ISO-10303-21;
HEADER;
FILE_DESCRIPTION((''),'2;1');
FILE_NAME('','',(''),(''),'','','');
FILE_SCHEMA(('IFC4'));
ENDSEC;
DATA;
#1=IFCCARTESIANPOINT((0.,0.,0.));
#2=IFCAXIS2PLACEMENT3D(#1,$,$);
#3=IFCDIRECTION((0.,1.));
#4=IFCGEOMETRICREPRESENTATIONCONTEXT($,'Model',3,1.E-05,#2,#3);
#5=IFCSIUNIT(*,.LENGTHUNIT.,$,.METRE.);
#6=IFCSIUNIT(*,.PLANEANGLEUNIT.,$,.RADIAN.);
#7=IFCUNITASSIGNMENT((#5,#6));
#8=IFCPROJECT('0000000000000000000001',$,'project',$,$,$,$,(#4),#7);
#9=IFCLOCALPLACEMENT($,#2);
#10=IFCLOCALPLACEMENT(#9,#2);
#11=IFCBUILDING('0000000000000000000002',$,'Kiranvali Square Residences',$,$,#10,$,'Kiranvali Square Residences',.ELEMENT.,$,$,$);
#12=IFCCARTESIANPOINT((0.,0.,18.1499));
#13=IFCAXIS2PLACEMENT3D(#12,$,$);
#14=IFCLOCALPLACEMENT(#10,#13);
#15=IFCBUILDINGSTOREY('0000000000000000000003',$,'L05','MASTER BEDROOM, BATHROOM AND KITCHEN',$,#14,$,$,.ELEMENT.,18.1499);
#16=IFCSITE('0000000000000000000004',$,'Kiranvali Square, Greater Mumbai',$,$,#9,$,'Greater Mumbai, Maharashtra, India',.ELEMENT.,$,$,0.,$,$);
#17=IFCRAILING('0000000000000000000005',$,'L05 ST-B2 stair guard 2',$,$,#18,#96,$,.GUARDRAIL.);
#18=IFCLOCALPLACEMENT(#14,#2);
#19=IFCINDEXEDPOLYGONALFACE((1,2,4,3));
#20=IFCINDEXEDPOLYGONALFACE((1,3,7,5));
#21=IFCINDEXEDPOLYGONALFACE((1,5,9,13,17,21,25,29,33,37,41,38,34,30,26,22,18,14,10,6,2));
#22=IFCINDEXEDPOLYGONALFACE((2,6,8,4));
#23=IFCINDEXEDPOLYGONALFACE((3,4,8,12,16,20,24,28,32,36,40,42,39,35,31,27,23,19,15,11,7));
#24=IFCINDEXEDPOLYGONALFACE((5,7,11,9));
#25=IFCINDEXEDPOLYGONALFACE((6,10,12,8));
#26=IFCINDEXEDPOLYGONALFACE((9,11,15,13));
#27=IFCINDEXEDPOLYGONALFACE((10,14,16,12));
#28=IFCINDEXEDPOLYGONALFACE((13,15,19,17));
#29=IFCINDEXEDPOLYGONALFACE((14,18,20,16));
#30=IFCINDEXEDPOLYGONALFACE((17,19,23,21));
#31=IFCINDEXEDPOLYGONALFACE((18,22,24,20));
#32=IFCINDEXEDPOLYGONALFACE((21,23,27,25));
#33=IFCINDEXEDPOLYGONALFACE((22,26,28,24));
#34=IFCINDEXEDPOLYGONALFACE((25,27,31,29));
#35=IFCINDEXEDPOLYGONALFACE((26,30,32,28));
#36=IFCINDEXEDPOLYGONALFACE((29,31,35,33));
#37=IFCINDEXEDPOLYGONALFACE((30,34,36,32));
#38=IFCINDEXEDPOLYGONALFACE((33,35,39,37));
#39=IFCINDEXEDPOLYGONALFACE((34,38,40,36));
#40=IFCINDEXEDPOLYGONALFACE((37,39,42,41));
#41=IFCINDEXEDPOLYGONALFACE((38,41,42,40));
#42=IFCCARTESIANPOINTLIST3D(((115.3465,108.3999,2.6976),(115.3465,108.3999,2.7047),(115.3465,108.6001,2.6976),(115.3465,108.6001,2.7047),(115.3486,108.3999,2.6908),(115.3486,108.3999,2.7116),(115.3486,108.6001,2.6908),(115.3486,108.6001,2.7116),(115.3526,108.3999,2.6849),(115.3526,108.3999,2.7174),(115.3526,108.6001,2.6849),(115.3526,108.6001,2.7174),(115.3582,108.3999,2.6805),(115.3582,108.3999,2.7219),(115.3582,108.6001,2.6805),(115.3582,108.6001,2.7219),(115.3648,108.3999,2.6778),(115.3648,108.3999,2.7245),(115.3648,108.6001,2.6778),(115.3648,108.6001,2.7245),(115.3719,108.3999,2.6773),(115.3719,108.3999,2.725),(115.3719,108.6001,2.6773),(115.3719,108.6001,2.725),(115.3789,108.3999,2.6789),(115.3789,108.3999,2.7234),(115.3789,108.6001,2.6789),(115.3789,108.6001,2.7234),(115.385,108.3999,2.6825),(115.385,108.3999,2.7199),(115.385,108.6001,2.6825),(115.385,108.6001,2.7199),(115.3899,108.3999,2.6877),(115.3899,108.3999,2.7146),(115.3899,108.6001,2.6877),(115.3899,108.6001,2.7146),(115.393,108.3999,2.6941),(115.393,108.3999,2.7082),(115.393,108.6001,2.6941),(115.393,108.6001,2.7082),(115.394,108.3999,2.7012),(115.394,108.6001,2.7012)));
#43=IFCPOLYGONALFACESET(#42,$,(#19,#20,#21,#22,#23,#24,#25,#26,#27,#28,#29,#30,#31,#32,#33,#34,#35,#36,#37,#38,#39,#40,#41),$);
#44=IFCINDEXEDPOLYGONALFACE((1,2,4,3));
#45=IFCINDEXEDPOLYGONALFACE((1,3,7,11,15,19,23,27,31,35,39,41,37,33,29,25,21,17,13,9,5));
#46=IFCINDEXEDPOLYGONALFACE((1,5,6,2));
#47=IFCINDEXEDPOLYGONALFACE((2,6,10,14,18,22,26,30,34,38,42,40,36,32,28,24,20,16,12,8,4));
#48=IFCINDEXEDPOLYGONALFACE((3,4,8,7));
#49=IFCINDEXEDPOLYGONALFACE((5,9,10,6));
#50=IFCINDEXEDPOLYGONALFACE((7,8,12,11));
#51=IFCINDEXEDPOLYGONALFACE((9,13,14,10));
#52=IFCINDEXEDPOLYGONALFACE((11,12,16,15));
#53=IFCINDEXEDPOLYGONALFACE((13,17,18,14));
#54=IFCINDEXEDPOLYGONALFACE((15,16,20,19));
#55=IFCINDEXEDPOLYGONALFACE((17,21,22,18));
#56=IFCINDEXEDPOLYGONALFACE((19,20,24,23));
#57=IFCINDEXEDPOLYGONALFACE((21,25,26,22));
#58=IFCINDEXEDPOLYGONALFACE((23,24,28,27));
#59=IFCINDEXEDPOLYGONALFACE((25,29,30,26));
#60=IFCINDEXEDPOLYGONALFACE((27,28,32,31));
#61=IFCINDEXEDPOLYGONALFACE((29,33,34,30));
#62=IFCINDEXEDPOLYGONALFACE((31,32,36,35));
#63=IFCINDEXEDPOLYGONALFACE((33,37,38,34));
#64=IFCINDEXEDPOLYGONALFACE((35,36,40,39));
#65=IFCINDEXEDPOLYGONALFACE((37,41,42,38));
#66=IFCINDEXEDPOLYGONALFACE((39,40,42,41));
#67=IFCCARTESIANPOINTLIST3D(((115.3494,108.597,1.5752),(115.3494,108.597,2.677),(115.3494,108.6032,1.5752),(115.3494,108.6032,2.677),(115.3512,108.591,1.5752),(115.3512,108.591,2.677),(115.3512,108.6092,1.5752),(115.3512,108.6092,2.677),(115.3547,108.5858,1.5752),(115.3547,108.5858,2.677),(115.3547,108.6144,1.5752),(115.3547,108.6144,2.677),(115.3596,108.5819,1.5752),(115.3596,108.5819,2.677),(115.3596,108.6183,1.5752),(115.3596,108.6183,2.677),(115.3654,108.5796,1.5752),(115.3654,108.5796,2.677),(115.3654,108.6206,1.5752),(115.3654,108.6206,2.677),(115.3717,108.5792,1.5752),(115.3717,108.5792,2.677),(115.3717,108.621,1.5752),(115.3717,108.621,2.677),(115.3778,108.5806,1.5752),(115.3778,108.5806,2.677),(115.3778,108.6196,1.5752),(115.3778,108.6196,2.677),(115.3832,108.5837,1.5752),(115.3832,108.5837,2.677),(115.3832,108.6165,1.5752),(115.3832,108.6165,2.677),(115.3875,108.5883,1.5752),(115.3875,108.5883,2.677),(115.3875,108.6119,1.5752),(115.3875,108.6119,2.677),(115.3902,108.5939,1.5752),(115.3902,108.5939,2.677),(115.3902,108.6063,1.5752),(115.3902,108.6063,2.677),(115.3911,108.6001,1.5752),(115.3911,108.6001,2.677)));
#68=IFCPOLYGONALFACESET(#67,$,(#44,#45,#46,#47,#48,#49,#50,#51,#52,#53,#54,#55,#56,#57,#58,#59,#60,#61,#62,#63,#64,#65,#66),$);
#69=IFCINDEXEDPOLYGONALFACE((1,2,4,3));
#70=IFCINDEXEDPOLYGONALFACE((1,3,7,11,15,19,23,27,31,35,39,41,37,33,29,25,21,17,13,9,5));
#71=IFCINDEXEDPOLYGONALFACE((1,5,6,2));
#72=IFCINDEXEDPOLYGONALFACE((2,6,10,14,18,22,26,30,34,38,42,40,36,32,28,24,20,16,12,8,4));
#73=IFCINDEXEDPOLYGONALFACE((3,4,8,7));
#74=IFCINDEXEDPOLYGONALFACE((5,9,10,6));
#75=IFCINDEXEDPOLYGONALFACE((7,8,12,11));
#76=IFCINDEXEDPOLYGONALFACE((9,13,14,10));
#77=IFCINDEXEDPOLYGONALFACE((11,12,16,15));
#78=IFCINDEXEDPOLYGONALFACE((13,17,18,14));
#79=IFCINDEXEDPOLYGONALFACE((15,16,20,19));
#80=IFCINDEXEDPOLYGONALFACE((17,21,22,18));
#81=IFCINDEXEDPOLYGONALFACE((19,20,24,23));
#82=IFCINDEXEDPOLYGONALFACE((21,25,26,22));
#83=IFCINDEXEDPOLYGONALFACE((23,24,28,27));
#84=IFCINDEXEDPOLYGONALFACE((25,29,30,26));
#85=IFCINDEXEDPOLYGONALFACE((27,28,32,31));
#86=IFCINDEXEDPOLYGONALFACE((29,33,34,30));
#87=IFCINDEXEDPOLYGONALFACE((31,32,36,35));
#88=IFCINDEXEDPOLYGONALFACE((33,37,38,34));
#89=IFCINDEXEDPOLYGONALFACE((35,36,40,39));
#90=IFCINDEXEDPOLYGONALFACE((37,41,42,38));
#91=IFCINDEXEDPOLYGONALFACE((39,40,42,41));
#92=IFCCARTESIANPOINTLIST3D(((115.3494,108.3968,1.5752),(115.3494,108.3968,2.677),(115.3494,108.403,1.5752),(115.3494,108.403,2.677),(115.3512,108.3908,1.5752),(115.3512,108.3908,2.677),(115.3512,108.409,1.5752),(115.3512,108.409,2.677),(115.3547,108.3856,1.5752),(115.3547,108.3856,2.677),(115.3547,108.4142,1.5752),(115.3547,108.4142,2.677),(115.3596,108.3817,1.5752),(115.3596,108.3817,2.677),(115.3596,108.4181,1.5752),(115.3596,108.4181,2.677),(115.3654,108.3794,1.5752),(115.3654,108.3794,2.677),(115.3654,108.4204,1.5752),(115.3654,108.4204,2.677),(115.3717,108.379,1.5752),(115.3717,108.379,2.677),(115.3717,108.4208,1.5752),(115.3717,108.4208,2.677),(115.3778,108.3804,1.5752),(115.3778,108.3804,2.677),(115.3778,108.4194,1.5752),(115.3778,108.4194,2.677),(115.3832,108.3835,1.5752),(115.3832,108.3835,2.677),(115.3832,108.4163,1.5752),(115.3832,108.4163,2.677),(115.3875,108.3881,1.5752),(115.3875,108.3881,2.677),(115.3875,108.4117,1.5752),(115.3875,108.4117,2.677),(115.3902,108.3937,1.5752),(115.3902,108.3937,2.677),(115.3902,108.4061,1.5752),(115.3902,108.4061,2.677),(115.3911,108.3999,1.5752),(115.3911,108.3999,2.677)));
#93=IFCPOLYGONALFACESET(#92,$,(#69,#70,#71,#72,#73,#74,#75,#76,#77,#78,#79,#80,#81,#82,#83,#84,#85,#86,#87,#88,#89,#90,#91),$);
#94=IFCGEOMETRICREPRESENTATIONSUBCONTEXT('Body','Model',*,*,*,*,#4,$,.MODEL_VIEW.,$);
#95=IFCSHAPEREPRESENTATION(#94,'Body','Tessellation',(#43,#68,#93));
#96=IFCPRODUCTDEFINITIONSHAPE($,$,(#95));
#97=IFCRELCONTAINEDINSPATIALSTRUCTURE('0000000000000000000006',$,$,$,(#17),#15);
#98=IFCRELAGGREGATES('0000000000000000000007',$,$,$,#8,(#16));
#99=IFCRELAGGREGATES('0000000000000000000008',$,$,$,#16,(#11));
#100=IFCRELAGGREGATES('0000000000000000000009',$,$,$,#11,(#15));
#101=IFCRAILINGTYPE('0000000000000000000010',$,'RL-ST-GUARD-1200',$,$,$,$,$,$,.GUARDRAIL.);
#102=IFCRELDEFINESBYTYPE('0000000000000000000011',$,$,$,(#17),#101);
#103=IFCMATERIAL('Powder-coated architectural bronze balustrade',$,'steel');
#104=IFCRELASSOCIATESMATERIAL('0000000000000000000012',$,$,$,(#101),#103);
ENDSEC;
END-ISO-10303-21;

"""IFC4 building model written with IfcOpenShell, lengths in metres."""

from ifc_helpers import new_model, si_unit, direction, frame, origin, origin_2d, place, context, subcontext, project, spatial, circle, extrude, material, type_object, element, save


model = new_model("IFC4")

# Units and contexts
model_context = context("Model", 3, precision=1e-05, world=origin(), true_north=direction((0.0, 1.0)))
body_context = subcontext(model_context, "Body", "Model", "MODEL_VIEW")
ifc_project = project(units=[si_unit("LENGTHUNIT", "METRE"), si_unit("PLANEANGLEUNIT", "RADIAN")], contexts=[model_context])

# Site, building, storey
site_placement = place(None, origin())
site = spatial("IfcSite", under=ifc_project, at=site_placement, Name="Kiranvali Square, Greater Mumbai", LongName="Greater Mumbai, Maharashtra, India", CompositionType="ELEMENT", RefElevation=0.0)
building_placement = place(site_placement, origin())
building = spatial("IfcBuilding", under=site, at=building_placement, Name="Kiranvali Square Residences", LongName="Kiranvali Square Residences", CompositionType="ELEMENT")
storey_placement = place(building_placement, frame((0.0, 0.0, 18.1499)))
storey = spatial("IfcBuildingStorey", under=building, at=storey_placement, Name="L05", Description="MASTER BEDROOM, BATHROOM AND KITCHEN", CompositionType="ELEMENT", Elevation=18.1499)

# Railing
ifc_material_1 = material(Name="Powder-coated architectural bronze balustrade", Category="steel")
railing_type_1 = type_object("IfcRailingType", Name="RL-ST-GUARD-1200", PredefinedType="GUARDRAIL", material=ifc_material_1)
railing_1_placement = place(storey_placement, frame((115.3701, 108.6001, 1.5752)))
element("IfcRailing", 1, at=railing_1_placement, inside=storey, type_object=railing_type_1, Name="L05 ST-B2 stair guard 2", PredefinedType="GUARDRAIL", context=body_context, shape_type="SweptSolid", body=[
    extrude(circle(Radius=0.0239, at=origin_2d()), frame((0.0, 0.0, 1.126), z_axis=(0.0, -1.0, 0.0), x_axis=(1.0, 0.0, 0.0)), (0.0, 0.0, 1.0), 0.2002),
    extrude(circle(Radius=0.021, at=origin_2d()), origin(), (0.0, 0.0, 1.0), 1.1018),
    extrude(circle(Radius=0.021, at=origin_2d()), frame((0.0, -0.2002, 0.0)), (0.0, 0.0, 1.0), 1.1018),
])

save(model, "model.ifc")
